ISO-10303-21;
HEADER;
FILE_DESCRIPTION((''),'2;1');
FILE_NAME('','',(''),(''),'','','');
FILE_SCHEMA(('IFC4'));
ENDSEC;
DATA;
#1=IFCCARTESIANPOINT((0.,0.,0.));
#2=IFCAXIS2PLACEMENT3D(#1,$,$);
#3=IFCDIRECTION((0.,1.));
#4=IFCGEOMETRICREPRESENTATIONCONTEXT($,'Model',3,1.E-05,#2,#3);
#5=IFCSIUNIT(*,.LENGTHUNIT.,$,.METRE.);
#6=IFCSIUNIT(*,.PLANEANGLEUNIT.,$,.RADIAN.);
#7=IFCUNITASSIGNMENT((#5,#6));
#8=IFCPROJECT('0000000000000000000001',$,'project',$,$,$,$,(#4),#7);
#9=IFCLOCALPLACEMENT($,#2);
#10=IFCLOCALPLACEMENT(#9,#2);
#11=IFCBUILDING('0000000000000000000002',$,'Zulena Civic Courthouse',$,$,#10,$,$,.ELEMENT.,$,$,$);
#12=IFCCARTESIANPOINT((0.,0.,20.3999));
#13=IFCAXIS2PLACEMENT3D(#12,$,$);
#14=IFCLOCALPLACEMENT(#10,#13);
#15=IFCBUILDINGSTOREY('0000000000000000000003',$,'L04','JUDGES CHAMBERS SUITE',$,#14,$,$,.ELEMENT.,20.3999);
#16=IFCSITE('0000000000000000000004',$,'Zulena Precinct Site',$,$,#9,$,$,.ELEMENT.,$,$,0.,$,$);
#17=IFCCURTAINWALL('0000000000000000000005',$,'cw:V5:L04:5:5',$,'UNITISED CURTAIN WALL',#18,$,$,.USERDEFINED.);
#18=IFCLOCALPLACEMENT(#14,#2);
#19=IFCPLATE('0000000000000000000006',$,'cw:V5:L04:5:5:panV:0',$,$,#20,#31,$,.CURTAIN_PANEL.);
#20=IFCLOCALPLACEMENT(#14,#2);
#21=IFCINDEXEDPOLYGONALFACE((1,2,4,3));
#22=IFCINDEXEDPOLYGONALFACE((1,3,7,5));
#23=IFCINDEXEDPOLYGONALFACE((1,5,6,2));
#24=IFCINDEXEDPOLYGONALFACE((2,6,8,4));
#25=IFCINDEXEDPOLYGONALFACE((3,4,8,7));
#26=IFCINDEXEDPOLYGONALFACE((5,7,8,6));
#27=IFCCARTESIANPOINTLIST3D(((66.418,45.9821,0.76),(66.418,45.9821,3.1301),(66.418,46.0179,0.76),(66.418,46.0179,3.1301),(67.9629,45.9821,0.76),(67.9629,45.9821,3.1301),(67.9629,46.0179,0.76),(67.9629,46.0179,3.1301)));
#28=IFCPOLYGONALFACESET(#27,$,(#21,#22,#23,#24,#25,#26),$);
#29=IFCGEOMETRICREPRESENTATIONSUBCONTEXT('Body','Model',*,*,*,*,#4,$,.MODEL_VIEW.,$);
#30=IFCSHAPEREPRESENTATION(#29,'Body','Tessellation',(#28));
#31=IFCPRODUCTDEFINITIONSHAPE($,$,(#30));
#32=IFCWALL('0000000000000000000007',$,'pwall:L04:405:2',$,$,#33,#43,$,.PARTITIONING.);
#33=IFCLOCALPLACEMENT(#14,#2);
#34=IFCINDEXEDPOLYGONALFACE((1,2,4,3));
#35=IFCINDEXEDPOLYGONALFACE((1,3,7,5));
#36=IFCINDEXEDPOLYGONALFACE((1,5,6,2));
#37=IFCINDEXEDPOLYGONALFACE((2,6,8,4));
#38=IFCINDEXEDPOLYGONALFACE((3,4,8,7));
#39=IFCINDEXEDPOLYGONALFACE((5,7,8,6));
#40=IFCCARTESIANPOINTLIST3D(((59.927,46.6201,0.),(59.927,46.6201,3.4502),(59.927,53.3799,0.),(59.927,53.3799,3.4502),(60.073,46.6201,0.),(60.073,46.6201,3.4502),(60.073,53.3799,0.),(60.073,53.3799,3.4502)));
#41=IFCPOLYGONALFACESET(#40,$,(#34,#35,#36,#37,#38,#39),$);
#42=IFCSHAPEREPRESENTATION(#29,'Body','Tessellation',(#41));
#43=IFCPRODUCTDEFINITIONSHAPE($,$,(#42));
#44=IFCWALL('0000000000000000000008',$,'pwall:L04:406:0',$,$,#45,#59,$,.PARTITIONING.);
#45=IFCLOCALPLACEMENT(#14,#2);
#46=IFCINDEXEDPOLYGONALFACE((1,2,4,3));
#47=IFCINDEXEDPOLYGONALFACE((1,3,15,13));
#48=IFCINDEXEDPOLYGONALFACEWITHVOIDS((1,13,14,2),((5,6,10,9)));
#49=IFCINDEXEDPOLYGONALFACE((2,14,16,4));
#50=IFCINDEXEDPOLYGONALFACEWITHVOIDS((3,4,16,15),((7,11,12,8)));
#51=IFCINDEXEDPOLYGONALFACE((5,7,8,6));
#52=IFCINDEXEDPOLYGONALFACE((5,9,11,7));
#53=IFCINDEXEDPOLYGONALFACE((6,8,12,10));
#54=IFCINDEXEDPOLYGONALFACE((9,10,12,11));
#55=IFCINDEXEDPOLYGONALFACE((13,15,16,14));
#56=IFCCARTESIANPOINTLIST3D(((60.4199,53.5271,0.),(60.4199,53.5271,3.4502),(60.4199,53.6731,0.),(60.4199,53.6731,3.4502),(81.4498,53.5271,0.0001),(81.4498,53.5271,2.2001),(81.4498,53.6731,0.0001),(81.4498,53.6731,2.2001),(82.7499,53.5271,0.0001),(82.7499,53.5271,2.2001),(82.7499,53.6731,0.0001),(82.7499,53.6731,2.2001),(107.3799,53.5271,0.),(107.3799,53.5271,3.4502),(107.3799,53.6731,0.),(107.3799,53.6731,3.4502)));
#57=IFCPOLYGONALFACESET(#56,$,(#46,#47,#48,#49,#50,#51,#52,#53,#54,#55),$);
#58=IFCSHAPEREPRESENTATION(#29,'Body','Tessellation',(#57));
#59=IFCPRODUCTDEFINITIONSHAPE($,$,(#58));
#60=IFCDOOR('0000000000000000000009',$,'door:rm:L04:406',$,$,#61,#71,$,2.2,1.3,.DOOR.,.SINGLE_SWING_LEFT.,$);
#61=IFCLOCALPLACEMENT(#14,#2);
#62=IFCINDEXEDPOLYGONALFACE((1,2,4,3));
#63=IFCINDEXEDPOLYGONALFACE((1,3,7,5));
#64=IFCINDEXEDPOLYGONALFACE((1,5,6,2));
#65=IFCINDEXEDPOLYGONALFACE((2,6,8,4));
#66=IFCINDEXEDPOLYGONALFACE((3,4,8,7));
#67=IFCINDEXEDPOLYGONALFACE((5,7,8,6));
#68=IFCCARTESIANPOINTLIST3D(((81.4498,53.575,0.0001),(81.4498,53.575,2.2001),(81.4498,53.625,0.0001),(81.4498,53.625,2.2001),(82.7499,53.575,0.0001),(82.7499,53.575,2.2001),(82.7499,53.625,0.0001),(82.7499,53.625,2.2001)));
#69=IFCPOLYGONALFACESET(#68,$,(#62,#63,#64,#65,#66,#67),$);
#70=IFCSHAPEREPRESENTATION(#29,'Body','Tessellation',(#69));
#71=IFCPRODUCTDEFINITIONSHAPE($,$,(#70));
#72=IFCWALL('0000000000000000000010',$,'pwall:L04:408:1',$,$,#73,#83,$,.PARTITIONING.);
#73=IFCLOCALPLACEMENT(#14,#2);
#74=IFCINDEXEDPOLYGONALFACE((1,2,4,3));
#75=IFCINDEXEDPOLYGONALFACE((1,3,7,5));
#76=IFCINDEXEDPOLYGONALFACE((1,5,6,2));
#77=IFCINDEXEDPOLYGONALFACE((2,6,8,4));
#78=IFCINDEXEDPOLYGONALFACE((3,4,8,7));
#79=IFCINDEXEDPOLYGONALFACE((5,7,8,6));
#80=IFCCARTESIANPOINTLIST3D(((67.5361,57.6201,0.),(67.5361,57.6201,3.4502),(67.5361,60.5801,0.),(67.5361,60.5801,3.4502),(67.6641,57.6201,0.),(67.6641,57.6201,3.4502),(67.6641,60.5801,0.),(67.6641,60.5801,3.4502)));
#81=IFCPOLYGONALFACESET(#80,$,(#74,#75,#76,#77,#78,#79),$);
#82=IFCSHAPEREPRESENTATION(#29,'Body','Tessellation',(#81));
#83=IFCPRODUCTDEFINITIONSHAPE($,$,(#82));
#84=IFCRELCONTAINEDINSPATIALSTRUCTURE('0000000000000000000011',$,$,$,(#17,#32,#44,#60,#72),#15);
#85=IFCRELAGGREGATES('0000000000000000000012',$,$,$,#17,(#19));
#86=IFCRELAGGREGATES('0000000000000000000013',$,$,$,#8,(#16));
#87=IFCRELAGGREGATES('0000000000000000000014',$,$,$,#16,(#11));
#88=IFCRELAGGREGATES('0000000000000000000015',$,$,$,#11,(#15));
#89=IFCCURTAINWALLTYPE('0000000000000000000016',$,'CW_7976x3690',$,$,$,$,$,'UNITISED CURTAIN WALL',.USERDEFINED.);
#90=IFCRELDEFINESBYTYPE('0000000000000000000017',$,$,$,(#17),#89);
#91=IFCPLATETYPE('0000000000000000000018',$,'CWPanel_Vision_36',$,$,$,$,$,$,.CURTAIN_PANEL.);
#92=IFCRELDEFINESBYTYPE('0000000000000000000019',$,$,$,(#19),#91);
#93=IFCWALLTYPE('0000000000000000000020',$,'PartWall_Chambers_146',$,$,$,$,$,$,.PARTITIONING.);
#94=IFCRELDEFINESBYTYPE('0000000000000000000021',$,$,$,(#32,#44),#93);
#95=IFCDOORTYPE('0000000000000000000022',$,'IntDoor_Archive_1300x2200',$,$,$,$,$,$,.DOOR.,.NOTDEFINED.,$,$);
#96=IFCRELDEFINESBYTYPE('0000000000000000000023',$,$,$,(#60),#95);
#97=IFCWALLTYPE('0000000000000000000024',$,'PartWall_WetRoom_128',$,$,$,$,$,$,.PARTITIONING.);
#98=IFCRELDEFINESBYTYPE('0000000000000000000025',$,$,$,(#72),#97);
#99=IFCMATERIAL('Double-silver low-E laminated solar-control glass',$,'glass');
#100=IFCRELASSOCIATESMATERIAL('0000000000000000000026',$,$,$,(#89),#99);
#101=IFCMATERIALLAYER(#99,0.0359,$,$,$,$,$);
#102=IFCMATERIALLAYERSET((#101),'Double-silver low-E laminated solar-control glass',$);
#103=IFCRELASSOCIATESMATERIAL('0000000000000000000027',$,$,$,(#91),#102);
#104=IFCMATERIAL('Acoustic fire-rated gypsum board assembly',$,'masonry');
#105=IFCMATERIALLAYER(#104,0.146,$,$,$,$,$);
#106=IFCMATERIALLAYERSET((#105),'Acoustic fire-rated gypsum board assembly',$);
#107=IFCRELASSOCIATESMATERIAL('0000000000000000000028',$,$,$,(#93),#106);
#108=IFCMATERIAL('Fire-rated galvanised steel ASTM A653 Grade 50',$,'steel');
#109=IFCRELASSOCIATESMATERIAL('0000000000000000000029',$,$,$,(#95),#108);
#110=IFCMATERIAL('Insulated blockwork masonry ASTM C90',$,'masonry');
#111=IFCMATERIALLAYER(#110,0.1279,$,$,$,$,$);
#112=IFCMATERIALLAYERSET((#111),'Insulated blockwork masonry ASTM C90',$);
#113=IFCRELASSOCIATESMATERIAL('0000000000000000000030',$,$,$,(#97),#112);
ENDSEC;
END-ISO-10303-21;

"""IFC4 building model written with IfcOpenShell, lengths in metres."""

from ifc_helpers import new_model, si_unit, direction, frame, frame_2d, origin, origin_2d, place, context, subcontext, project, spatial, rectangle, extrude, material, layer, layer_set, type_object, element, fill, aggregate, save


model = new_model("IFC4")

# Units and contexts
model_context = context("Model", 3, precision=1e-05, world=origin(), true_north=direction((0.0, 1.0)))
body_context = subcontext(model_context, "Body", "Model", "MODEL_VIEW")
ifc_project = project(units=[si_unit("LENGTHUNIT", "METRE"), si_unit("PLANEANGLEUNIT", "RADIAN")], contexts=[model_context])

# Site, building, storey
site_placement = place(None, origin())
site = spatial("IfcSite", under=ifc_project, at=site_placement, Name="Zulena Precinct Site", CompositionType="ELEMENT", RefElevation=0.0)
building_placement = place(site_placement, origin())
building = spatial("IfcBuilding", under=site, at=building_placement, Name="Zulena Civic Courthouse", CompositionType="ELEMENT")
storey_placement = place(building_placement, frame((0.0, 0.0, 20.3999)))
storey = spatial("IfcBuildingStorey", under=building, at=storey_placement, Name="L04", Description="JUDGES CHAMBERS SUITE", CompositionType="ELEMENT", Elevation=20.3999)

# Curtain wall
ifc_material_1 = material(Name="Double-silver low-E laminated solar-control glass", Category="glass")
curtain_wall_type = type_object("IfcCurtainWallType", Name="CW_7976x3690", ElementType="UNITISED CURTAIN WALL", PredefinedType="USERDEFINED", material=ifc_material_1)
curtain_wall_1_placement = place(storey_placement, origin())
curtain_wall_1 = element("IfcCurtainWall", 1, at=curtain_wall_1_placement, inside=storey, type_object=curtain_wall_type, Name="cw:V5:L04:5:5", ObjectType="UNITISED CURTAIN WALL", PredefinedType="USERDEFINED")

# Plate
ifc_layer_1 = layer(ifc_material_1, 0.0359)
ifc_layer_set_1 = layer_set([ifc_layer_1], Name="Double-silver low-E laminated solar-control glass")
plate_type_1 = type_object("IfcPlateType", Name="CWPanel_Vision_36", PredefinedType="CURTAIN_PANEL", material=ifc_layer_set_1)
plate_1_placement = place(storey_placement, frame((67.1904, 46.0, 0.76), z_axis=(0.0, 0.0, 1.0), x_axis=(-1.0, 0.0, 0.0)))
plate_1 = element("IfcPlate", 2, at=plate_1_placement, type_object=plate_type_1, Name="cw:V5:L04:5:5:panV:0", PredefinedType="CURTAIN_PANEL", context=body_context, shape_type="SweptSolid", body=[
    extrude(rectangle(XDim=1.5449, YDim=0.0359, at=origin_2d()), origin(), (0.0, 0.0, 1.0), 2.3701),
])
aggregate(curtain_wall_1, [plate_1])

# Wall
ifc_material_2 = material(Name="Acoustic fire-rated gypsum board assembly", Category="masonry")
ifc_layer_2 = layer(ifc_material_2, 0.146)
ifc_layer_set_2 = layer_set([ifc_layer_2], Name="Acoustic fire-rated gypsum board assembly")
wall_type_1 = type_object("IfcWallType", Name="PartWall_Chambers_146", PredefinedType="PARTITIONING", material=ifc_layer_set_2)
wall_1_placement = place(storey_placement, frame((60.0, 46.6201, 0.0), z_axis=(0.0, 0.0, 1.0), x_axis=(0.0, 1.0, 0.0)))
element("IfcWall", 3, at=wall_1_placement, inside=storey, type_object=wall_type_1, Name="pwall:L04:405:2", PredefinedType="PARTITIONING", context=body_context, shape_type="SweptSolid", body=[
    extrude(rectangle(XDim=6.7598, YDim=0.146, at=frame_2d((3.3799, 0.0))), origin(), (0.0, 0.0, 1.0), 3.4502),
])

# Wall, opening, door
wall_2_placement = place(storey_placement, frame((60.4199, 53.6001, 0.0), z_axis=(0.0, 0.0, 1.0), x_axis=(1.0, 0.0, 0.0)))
wall_2 = element("IfcWall", 4, at=wall_2_placement, inside=storey, type_object=wall_type_1, Name="pwall:L04:406:0", PredefinedType="PARTITIONING", context=body_context, shape_type="SweptSolid", body=[
    extrude(rectangle(XDim=46.96, YDim=0.146, at=frame_2d((23.48, 0.0))), origin(), (0.0, 0.0, 1.0), 3.4502),
])
opening_placement = place(wall_2_placement, frame((21.03, 0.0, 0.0)))
opening = element("IfcOpeningElement", 5, at=opening_placement, cuts=wall_2, PredefinedType="OPENING", context=body_context, shape_type="SweptSolid", body=[
    extrude(rectangle(XDim=1.3, YDim=2.2, at=frame_2d((0.6499, 1.1001))), frame((0.0, 0.083, 0.0), z_axis=(0.0, -1.0, 0.0), x_axis=(1.0, 0.0, 0.0)), (0.0, 0.0, 1.0), 0.166),
])
ifc_material_3 = material(Name="Fire-rated galvanised steel ASTM A653 Grade 50", Category="steel")
door_type = type_object("IfcDoorType", Name="IntDoor_Archive_1300x2200", OperationType="NOTDEFINED", PredefinedType="DOOR", material=ifc_material_3)
door_placement = place(opening_placement, origin())
door = element("IfcDoor", 6, at=door_placement, inside=storey, type_object=door_type, Name="door:rm:L04:406", OperationType="SINGLE_SWING_LEFT", OverallHeight=2.2, OverallWidth=1.3, PredefinedType="DOOR", context=body_context, shape_type="SweptSolid", body=[
    extrude(rectangle(XDim=1.3, YDim=2.2, at=frame_2d((0.6499, 1.1001))), frame((0.0, 0.0249, 0.0), z_axis=(0.0, -1.0, 0.0), x_axis=(1.0, 0.0, 0.0)), (0.0, 0.0, 1.0), 0.05),
])
fill(opening, door)

# Wall
ifc_material_4 = material(Name="Insulated blockwork masonry ASTM C90", Category="masonry")
ifc_layer_3 = layer(ifc_material_4, 0.1279)
ifc_layer_set_3 = layer_set([ifc_layer_3], Name="Insulated blockwork masonry ASTM C90")
wall_type_2 = type_object("IfcWallType", Name="PartWall_WetRoom_128", PredefinedType="PARTITIONING", material=ifc_layer_set_3)
wall_3_placement = place(storey_placement, frame((67.6001, 57.6201, 0.0), z_axis=(0.0, 0.0, 1.0), x_axis=(0.0, 1.0, 0.0)))
element("IfcWall", 7, at=wall_3_placement, inside=storey, type_object=wall_type_2, Name="pwall:L04:408:1", PredefinedType="PARTITIONING", context=body_context, shape_type="SweptSolid", body=[
    extrude(rectangle(XDim=2.96, YDim=0.1279, at=frame_2d((1.48, 0.0))), origin(), (0.0, 0.0, 1.0), 3.4502),
])

save(model, "model.ifc")
